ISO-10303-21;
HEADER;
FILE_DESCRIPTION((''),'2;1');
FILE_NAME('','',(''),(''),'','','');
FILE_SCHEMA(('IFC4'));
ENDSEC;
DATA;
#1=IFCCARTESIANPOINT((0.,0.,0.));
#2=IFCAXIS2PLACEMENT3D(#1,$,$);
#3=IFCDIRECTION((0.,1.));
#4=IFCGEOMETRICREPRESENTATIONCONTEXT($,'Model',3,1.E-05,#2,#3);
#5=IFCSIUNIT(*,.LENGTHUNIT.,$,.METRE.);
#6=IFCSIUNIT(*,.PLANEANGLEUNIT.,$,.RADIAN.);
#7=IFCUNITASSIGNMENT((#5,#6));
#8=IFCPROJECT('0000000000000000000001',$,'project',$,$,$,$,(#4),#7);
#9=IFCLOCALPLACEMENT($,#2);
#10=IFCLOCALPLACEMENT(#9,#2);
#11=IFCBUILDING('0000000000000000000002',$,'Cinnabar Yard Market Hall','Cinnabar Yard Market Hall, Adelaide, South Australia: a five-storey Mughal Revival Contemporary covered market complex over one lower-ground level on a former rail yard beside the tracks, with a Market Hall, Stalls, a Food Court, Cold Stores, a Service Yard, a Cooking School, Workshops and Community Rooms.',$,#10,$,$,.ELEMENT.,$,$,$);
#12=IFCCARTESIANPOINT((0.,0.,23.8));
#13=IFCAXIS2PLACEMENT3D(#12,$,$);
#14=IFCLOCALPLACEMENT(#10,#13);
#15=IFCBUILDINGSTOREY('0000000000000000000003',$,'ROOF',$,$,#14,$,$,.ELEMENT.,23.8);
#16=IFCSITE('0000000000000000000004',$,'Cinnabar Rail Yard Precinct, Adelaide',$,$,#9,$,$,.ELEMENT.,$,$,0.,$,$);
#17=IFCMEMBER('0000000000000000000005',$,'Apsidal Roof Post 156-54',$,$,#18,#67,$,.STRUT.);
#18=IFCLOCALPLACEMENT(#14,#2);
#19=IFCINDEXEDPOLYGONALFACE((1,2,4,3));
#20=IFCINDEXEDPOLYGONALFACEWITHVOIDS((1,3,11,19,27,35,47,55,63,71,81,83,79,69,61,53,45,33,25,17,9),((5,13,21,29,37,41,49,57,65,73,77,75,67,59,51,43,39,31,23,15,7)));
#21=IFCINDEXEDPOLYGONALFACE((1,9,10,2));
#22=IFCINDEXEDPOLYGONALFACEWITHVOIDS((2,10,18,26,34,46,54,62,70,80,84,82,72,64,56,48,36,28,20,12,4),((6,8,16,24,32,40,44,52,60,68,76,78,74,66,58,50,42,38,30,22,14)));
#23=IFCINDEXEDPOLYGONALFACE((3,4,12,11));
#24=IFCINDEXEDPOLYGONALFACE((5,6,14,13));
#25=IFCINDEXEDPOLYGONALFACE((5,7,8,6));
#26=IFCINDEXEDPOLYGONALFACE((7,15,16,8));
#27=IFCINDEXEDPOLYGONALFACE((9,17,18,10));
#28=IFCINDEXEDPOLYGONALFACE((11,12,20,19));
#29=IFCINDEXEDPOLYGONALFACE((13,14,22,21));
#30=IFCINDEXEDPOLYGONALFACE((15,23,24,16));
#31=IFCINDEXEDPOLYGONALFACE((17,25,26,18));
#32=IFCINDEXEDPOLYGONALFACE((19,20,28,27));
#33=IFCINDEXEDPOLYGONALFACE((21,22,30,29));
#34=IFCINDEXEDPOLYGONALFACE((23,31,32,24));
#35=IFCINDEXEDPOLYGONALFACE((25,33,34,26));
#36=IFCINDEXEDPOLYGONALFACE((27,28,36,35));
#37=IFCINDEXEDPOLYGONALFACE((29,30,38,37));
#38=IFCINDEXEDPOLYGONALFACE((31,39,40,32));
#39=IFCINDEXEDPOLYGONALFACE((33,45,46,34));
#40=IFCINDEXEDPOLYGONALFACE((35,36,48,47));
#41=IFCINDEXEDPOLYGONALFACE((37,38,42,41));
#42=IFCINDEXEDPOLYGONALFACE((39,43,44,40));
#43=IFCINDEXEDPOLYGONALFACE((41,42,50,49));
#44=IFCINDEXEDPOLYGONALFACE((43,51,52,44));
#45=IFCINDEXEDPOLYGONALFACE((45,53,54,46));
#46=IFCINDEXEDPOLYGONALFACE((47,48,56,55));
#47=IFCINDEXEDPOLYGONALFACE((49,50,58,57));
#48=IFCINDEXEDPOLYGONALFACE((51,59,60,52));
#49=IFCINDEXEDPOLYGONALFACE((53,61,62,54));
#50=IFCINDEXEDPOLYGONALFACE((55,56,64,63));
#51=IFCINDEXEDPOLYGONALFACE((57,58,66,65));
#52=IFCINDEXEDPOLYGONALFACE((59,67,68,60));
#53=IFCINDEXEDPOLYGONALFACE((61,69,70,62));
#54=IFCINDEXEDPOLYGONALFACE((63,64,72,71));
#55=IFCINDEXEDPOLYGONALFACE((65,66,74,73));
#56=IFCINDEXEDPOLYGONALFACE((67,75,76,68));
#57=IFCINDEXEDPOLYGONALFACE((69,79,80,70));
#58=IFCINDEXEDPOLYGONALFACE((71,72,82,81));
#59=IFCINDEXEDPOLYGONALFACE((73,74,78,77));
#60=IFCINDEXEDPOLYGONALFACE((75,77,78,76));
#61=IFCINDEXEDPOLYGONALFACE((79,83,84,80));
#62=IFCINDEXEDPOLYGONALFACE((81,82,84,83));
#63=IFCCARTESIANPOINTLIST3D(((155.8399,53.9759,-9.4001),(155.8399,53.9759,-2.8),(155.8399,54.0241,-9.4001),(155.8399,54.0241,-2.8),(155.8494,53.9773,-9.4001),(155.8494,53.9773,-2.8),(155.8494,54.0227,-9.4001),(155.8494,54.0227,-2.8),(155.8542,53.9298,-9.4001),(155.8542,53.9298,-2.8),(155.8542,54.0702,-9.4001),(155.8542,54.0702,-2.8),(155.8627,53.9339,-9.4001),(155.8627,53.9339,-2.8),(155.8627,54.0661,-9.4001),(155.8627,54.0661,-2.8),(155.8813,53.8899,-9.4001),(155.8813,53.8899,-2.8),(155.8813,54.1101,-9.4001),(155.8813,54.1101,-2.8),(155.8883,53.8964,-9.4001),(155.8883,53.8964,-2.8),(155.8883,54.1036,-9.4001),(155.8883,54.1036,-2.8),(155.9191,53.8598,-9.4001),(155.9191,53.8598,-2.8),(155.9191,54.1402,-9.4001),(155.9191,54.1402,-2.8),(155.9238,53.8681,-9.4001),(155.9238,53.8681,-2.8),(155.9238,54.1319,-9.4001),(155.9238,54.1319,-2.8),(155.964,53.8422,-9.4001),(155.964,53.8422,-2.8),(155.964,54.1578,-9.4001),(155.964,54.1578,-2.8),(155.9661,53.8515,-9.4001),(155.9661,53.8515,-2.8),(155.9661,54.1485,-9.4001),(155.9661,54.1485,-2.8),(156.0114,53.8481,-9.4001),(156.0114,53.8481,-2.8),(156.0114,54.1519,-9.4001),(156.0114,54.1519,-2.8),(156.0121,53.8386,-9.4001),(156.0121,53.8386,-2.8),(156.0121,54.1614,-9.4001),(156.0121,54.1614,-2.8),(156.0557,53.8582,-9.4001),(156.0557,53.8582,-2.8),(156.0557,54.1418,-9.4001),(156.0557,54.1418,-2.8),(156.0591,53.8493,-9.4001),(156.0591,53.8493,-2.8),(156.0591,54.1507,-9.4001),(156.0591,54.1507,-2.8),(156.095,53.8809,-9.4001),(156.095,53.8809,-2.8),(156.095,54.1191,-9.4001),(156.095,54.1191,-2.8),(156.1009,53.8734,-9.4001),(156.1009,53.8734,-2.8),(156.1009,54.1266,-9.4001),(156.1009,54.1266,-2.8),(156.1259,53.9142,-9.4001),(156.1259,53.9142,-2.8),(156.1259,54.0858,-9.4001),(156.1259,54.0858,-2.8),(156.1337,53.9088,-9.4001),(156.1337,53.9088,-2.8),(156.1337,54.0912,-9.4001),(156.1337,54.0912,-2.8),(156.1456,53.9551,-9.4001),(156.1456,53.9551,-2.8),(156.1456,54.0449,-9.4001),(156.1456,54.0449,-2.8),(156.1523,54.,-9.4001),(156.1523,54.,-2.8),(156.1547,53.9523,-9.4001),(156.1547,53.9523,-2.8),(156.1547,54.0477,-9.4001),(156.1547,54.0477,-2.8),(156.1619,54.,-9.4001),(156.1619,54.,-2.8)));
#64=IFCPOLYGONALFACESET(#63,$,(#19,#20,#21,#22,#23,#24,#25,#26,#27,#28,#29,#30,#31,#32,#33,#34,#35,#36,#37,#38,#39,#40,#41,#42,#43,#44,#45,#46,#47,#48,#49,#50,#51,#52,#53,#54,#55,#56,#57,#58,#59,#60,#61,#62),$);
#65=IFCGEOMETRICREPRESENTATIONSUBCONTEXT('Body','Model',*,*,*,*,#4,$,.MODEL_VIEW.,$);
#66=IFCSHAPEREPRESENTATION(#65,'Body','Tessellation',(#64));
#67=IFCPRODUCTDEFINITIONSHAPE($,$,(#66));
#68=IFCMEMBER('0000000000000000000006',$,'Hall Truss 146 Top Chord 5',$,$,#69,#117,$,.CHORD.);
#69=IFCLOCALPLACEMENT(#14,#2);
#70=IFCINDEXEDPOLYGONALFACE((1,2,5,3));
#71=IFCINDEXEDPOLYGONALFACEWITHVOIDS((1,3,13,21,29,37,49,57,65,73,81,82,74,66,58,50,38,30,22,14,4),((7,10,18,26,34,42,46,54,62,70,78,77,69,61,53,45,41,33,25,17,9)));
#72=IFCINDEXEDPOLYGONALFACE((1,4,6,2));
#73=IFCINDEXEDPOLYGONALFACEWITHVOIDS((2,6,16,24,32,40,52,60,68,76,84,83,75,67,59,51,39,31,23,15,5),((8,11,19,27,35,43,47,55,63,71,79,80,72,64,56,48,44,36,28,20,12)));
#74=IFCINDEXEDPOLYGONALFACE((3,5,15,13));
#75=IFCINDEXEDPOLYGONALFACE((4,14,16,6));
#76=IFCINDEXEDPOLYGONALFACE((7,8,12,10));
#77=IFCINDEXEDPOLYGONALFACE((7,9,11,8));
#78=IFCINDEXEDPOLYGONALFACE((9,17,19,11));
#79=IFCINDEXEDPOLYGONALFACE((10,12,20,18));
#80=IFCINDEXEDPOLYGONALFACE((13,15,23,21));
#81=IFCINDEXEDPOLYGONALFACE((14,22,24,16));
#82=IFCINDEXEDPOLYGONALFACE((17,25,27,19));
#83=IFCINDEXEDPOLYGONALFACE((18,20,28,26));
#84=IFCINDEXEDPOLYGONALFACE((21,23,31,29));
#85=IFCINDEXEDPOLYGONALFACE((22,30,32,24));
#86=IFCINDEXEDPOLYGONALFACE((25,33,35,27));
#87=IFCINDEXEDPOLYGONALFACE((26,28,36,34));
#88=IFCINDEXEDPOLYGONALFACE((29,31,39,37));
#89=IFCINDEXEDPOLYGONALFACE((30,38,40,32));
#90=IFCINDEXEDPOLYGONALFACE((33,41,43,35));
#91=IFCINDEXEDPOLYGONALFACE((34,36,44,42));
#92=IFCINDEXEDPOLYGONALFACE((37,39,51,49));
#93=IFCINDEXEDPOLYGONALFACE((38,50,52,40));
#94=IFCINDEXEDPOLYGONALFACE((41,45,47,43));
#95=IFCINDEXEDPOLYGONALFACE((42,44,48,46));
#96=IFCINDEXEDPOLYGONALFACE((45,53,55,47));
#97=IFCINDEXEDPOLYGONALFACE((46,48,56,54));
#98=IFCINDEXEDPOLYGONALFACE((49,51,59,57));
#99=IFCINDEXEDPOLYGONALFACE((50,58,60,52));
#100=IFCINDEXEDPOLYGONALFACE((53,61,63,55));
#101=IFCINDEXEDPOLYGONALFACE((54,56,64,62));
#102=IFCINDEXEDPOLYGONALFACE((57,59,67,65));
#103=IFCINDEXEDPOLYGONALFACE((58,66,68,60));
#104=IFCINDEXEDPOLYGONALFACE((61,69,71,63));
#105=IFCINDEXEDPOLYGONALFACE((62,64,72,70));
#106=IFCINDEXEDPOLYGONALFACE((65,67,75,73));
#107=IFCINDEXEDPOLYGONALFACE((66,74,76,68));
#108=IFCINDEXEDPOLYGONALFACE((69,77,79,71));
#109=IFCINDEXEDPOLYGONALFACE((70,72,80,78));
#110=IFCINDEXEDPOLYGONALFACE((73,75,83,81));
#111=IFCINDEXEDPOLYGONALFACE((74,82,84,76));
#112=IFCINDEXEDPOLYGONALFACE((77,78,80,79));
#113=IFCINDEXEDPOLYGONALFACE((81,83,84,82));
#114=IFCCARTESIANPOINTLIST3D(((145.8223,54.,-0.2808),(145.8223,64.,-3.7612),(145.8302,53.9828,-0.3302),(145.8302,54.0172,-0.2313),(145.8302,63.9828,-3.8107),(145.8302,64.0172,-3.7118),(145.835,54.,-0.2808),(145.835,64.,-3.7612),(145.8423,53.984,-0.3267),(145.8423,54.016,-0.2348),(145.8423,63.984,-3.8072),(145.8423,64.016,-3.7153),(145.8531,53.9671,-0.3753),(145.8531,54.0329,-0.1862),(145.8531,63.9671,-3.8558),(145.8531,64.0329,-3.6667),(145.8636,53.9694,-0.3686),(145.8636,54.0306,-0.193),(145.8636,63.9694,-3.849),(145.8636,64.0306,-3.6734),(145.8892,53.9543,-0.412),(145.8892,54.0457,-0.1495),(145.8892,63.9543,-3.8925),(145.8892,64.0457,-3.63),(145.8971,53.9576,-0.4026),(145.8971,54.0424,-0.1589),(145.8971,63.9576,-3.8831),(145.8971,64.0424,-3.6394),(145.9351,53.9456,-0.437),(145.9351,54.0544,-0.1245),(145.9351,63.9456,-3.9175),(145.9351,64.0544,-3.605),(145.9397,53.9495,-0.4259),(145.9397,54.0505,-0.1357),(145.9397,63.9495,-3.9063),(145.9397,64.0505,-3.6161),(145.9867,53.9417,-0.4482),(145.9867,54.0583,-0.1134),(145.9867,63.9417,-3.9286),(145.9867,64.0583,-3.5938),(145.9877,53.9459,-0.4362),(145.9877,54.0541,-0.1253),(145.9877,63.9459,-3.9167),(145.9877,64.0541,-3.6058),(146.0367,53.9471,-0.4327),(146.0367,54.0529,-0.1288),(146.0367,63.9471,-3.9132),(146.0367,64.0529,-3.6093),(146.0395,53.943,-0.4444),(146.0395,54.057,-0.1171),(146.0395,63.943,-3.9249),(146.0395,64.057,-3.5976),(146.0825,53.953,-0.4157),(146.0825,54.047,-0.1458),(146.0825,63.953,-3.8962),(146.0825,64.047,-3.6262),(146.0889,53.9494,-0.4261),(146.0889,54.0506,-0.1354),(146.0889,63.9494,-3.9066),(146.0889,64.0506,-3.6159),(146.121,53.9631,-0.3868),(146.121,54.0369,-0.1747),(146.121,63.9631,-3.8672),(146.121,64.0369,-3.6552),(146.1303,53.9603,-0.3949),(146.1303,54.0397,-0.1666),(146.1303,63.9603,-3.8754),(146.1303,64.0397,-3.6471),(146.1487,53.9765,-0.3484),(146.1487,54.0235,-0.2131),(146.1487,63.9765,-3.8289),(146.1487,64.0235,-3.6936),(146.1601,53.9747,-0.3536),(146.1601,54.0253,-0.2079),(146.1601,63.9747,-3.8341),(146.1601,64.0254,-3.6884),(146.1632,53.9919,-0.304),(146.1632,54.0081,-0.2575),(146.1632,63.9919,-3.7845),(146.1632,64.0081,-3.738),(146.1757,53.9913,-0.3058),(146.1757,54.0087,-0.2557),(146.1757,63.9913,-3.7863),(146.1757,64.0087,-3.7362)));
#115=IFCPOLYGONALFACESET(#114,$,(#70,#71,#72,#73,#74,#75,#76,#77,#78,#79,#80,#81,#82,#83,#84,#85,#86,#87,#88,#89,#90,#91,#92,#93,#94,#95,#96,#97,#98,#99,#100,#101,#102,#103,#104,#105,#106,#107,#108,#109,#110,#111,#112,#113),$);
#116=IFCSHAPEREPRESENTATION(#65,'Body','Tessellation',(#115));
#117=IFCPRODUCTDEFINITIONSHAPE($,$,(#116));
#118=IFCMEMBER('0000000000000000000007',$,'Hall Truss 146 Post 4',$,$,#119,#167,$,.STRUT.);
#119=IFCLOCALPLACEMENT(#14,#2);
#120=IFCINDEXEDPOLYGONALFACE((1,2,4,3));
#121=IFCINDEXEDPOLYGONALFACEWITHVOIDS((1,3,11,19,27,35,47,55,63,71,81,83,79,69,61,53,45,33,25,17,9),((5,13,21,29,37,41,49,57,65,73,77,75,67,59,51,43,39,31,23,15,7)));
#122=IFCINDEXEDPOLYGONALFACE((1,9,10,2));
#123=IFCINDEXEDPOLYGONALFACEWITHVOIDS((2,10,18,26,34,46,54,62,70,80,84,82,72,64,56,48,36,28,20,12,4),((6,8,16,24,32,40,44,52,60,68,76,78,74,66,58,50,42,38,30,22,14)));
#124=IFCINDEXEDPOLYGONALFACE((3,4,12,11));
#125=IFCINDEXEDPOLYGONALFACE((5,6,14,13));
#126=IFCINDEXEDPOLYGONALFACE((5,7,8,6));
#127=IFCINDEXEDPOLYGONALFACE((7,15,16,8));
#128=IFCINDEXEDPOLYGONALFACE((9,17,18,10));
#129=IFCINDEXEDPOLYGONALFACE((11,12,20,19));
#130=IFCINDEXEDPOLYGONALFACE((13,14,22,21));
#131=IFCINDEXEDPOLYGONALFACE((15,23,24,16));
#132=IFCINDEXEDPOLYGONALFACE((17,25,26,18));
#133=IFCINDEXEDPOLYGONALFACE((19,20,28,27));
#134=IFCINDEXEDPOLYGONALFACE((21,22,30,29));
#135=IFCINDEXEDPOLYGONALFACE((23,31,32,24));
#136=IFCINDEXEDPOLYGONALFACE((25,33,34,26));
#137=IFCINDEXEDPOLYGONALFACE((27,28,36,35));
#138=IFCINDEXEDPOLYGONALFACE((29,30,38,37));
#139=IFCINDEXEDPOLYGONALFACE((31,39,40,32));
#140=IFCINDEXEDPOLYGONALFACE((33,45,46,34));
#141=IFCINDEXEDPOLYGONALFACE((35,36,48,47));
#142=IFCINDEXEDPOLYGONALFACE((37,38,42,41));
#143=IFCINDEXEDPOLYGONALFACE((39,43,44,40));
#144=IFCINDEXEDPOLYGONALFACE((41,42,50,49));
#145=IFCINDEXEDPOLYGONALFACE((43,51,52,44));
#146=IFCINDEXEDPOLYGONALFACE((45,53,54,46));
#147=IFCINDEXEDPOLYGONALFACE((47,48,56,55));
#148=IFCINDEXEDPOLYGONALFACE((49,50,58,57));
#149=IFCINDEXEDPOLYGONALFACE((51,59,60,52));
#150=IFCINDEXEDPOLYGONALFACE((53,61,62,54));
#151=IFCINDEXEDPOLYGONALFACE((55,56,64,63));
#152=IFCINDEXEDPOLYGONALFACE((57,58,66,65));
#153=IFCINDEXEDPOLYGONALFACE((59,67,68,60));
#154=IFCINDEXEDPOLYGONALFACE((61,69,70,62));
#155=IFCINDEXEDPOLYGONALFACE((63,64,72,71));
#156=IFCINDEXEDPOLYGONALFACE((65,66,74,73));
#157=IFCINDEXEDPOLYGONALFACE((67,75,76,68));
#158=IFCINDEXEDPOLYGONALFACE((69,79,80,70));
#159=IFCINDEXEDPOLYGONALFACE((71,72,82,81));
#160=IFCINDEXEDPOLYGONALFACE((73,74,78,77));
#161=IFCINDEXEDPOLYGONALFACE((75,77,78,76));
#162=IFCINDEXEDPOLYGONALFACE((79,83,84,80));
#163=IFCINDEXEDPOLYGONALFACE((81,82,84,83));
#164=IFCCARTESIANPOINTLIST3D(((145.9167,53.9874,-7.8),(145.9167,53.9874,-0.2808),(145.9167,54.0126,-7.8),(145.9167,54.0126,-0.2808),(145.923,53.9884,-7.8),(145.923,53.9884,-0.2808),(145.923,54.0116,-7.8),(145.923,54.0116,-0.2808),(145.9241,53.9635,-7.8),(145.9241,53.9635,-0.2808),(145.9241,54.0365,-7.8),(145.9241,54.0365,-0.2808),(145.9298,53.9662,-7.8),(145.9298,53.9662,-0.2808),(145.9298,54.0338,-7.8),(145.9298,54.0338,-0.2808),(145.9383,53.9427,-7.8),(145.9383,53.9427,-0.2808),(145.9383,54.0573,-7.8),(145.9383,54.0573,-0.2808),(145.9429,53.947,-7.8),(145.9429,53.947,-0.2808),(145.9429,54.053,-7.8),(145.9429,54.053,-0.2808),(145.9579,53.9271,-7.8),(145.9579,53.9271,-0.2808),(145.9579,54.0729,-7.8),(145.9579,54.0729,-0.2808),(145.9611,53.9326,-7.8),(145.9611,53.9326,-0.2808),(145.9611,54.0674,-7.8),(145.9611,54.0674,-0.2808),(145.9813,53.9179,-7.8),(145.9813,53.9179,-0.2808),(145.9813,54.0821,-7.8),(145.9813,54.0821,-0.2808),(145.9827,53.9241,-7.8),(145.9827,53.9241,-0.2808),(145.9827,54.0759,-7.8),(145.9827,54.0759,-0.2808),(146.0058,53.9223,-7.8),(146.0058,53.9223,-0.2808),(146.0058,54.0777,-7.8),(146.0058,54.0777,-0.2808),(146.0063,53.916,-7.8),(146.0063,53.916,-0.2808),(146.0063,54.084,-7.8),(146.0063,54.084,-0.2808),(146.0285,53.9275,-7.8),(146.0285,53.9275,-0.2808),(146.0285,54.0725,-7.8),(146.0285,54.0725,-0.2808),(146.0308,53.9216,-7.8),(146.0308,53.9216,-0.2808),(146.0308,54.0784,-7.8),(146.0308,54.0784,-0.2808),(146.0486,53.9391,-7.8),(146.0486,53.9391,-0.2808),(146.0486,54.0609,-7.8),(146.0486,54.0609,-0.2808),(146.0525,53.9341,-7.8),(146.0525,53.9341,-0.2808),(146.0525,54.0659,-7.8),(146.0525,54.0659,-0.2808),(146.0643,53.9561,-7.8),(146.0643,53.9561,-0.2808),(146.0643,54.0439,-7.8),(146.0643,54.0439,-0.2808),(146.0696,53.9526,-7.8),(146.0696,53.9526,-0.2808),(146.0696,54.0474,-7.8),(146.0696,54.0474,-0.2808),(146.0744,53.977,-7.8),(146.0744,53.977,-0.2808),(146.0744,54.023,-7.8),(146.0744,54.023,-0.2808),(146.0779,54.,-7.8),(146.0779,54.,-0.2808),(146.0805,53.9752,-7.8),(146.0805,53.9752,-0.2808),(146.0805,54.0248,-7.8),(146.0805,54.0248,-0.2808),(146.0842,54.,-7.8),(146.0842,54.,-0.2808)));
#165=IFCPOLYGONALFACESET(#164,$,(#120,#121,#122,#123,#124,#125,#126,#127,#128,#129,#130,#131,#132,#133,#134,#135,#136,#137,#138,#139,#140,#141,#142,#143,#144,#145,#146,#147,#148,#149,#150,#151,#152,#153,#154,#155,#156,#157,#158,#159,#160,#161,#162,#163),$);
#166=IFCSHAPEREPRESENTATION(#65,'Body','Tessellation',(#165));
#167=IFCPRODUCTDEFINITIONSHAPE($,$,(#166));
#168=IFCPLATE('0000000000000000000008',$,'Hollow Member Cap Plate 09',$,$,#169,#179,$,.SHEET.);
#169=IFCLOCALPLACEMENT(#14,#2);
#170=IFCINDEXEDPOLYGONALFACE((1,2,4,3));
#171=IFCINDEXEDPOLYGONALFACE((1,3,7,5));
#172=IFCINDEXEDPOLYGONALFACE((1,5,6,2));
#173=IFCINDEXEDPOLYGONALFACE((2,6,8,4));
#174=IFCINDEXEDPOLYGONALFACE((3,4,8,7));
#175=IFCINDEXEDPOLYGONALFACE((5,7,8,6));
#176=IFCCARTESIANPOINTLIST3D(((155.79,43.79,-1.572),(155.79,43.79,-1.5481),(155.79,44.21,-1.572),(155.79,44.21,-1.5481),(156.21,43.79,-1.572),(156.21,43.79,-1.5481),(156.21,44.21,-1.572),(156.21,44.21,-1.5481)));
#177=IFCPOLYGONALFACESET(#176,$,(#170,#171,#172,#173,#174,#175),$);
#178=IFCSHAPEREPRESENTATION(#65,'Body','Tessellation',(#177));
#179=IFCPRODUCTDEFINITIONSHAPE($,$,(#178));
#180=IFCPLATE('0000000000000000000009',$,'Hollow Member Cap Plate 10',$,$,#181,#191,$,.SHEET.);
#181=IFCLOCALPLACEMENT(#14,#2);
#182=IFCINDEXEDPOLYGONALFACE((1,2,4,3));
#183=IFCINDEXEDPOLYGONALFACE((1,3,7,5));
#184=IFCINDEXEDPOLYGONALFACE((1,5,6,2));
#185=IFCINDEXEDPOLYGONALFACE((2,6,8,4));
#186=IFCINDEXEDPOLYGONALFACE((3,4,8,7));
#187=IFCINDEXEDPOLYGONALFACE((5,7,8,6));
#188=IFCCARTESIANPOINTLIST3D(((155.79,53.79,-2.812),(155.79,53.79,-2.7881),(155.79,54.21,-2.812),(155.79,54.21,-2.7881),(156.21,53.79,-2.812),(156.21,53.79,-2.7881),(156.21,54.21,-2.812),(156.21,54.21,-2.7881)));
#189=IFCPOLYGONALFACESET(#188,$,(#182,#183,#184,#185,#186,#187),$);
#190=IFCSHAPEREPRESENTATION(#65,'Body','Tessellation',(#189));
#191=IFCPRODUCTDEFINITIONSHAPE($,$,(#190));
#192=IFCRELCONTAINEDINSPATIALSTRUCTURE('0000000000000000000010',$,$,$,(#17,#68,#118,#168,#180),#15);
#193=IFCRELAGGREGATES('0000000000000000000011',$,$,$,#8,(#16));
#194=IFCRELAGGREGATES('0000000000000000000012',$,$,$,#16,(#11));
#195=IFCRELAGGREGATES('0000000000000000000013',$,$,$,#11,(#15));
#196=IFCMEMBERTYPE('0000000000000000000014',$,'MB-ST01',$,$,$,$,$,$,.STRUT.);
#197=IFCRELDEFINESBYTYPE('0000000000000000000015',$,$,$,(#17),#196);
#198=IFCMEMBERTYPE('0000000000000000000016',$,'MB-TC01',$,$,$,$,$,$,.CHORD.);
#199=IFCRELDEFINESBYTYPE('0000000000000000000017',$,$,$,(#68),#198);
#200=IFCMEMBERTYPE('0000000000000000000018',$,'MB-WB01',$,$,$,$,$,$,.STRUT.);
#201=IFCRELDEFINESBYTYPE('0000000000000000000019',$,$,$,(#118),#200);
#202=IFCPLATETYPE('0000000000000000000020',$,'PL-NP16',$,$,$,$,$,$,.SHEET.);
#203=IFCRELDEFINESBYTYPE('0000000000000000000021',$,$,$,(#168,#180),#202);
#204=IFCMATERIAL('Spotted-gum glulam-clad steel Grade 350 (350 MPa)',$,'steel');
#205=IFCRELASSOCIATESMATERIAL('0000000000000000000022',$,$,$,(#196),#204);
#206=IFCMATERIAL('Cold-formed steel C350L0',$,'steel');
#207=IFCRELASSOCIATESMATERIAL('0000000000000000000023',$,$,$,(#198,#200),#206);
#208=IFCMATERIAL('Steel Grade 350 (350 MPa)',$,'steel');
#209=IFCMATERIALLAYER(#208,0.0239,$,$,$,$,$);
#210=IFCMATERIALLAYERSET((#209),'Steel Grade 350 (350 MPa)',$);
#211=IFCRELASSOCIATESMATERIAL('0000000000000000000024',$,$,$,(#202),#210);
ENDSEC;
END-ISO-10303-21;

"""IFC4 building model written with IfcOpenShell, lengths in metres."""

from ifc_helpers import new_model, si_unit, direction, frame, origin, origin_2d_with_axis, place, context, subcontext, project, spatial, rectangle, hollow_circle, extrude, material, layer, layer_set, material_profile, profile_set, type_object, element, save


model = new_model("IFC4")

# Units and contexts
model_context = context("Model", 3, precision=1e-05, world=origin(), true_north=direction((0.0, 1.0)))
body_context = subcontext(model_context, "Body", "Model", "MODEL_VIEW")
ifc_project = project(units=[si_unit("LENGTHUNIT", "METRE"), si_unit("PLANEANGLEUNIT", "RADIAN")], contexts=[model_context])

# Site, building, storey
site_placement = place(None, origin())
site = spatial("IfcSite", under=ifc_project, at=site_placement, Name="Cinnabar Rail Yard Precinct, Adelaide", CompositionType="ELEMENT", RefElevation=0.0)
building_placement = place(site_placement, origin())
building = spatial("IfcBuilding", under=site, at=building_placement, Name="Cinnabar Yard Market Hall", Description="Cinnabar Yard Market Hall, Adelaide, South Australia: a five-storey Mughal Revival Contemporary covered market complex over one lower-ground level on a former rail yard beside the tracks, with a Market Hall, Stalls, a Food Court, Cold Stores, a Service Yard, a Cooking School, Workshops and Community Rooms.", CompositionType="ELEMENT")
storey_placement = place(building_placement, frame((0.0, 0.0, 23.8)))
storey = spatial("IfcBuildingStorey", under=building, at=storey_placement, Name="ROOF", CompositionType="ELEMENT", Elevation=23.8)

# Shared definitions
ifc_material_1 = material(Name="Steel Grade 350 (350 MPa)", Category="steel")
ifc_material_2 = material(Name="Cold-formed steel C350L0", Category="steel")

# Members
ifc_material_3 = material(Name="Spotted-gum glulam-clad steel Grade 350 (350 MPa)", Category="steel")
ifc_material_profile_1 = material_profile(ifc_material_3, hollow_circle(Radius=0.1619, WallThickness=0.0095, at=origin_2d_with_axis()), Name="323.9x9.5CHS")
ifc_profile_set_1 = profile_set([ifc_material_profile_1], Name="Spotted-gum glulam-clad steel Grade 350 (350 MPa)")
member_type_1 = type_object("IfcMemberType", Name="MB-ST01", PredefinedType="STRUT", material=ifc_profile_set_1)
member_1_placement = place(storey_placement, frame((156.0, 54.0, -9.4001), z_axis=(0.0, 0.0, 1.0), x_axis=(1.0, 0.0, 0.0)))
element("IfcMember", 1, at=member_1_placement, inside=storey, type_object=member_type_1, Name="Apsidal Roof Post 156-54", PredefinedType="STRUT", context=body_context, shape_type="SweptSolid", body=[
    extrude(hollow_circle(Radius=0.1619, WallThickness=0.0095, at=origin_2d_with_axis()), origin(), (0.0, 0.0, 1.0), 6.6001),
])
ifc_material_profile_2 = material_profile(ifc_material_2, hollow_circle(Radius=0.1777, WallThickness=0.0127, at=origin_2d_with_axis()), Name="355.6x12.7CHS")
ifc_profile_set_2 = profile_set([ifc_material_profile_2], Name="Cold-formed steel C350L0")
member_type_2 = type_object("IfcMemberType", Name="MB-TC01", PredefinedType="CHORD", material=ifc_profile_set_2)
member_2_placement = place(storey_placement, frame((146.0, 54.0, -0.2808), z_axis=(0.0, 0.944432, -0.328707), x_axis=(-1.0, 0.0, 0.0)))
element("IfcMember", 2, at=member_2_placement, inside=storey, type_object=member_type_2, Name="Hall Truss 146 Top Chord 5", PredefinedType="CHORD", context=body_context, shape_type="SweptSolid", body=[
    extrude(hollow_circle(Radius=0.1777, WallThickness=0.0127, at=origin_2d_with_axis()), origin(), (0.0, 0.0, 1.0), 10.5884),
])
ifc_material_profile_3 = material_profile(ifc_material_2, hollow_circle(Radius=0.0842, WallThickness=0.0063, at=origin_2d_with_axis()), Name="168.3x6.4CHS")
ifc_profile_set_3 = profile_set([ifc_material_profile_3], Name="Cold-formed steel C350L0")
member_type_3 = type_object("IfcMemberType", Name="MB-WB01", PredefinedType="STRUT", material=ifc_profile_set_3)
member_3_placement = place(storey_placement, frame((146.0, 54.0, -7.8), z_axis=(0.0, 0.0, 1.0), x_axis=(1.0, 0.0, 0.0)))
element("IfcMember", 3, at=member_3_placement, inside=storey, type_object=member_type_3, Name="Hall Truss 146 Post 4", PredefinedType="STRUT", context=body_context, shape_type="SweptSolid", body=[
    extrude(hollow_circle(Radius=0.0842, WallThickness=0.0063, at=origin_2d_with_axis()), origin(), (0.0, 0.0, 1.0), 7.5193),
])

# Plates
ifc_layer_1 = layer(ifc_material_1, 0.0239)
ifc_layer_set_1 = layer_set([ifc_layer_1], Name="Steel Grade 350 (350 MPa)")
plate_type_1 = type_object("IfcPlateType", Name="PL-NP16", PredefinedType="SHEET", material=ifc_layer_set_1)
for number, where, z_axis, x_axis, name in (
    (4, (156.0, 44.0, -1.572), (0.0, 0.0, 1.0), (1.0, 0.0, 0.0), "Hollow Member Cap Plate 09"),
    (5, (156.0, 54.0, -2.812), (0.0, 0.0, 1.0), (1.0, 0.0, 0.0), "Hollow Member Cap Plate 10"),
):
    element("IfcPlate", number, at=place(storey_placement, frame(where, z_axis=z_axis, x_axis=x_axis)), inside=storey, type_object=plate_type_1, Name=name, PredefinedType="SHEET", context=body_context, shape_type="SweptSolid", body=[
        extrude(rectangle(XDim=0.4199, YDim=0.4199, at=origin_2d_with_axis()), origin(), (0.0, 0.0, 1.0), 0.0239),
    ])

save(model, "model.ifc")
